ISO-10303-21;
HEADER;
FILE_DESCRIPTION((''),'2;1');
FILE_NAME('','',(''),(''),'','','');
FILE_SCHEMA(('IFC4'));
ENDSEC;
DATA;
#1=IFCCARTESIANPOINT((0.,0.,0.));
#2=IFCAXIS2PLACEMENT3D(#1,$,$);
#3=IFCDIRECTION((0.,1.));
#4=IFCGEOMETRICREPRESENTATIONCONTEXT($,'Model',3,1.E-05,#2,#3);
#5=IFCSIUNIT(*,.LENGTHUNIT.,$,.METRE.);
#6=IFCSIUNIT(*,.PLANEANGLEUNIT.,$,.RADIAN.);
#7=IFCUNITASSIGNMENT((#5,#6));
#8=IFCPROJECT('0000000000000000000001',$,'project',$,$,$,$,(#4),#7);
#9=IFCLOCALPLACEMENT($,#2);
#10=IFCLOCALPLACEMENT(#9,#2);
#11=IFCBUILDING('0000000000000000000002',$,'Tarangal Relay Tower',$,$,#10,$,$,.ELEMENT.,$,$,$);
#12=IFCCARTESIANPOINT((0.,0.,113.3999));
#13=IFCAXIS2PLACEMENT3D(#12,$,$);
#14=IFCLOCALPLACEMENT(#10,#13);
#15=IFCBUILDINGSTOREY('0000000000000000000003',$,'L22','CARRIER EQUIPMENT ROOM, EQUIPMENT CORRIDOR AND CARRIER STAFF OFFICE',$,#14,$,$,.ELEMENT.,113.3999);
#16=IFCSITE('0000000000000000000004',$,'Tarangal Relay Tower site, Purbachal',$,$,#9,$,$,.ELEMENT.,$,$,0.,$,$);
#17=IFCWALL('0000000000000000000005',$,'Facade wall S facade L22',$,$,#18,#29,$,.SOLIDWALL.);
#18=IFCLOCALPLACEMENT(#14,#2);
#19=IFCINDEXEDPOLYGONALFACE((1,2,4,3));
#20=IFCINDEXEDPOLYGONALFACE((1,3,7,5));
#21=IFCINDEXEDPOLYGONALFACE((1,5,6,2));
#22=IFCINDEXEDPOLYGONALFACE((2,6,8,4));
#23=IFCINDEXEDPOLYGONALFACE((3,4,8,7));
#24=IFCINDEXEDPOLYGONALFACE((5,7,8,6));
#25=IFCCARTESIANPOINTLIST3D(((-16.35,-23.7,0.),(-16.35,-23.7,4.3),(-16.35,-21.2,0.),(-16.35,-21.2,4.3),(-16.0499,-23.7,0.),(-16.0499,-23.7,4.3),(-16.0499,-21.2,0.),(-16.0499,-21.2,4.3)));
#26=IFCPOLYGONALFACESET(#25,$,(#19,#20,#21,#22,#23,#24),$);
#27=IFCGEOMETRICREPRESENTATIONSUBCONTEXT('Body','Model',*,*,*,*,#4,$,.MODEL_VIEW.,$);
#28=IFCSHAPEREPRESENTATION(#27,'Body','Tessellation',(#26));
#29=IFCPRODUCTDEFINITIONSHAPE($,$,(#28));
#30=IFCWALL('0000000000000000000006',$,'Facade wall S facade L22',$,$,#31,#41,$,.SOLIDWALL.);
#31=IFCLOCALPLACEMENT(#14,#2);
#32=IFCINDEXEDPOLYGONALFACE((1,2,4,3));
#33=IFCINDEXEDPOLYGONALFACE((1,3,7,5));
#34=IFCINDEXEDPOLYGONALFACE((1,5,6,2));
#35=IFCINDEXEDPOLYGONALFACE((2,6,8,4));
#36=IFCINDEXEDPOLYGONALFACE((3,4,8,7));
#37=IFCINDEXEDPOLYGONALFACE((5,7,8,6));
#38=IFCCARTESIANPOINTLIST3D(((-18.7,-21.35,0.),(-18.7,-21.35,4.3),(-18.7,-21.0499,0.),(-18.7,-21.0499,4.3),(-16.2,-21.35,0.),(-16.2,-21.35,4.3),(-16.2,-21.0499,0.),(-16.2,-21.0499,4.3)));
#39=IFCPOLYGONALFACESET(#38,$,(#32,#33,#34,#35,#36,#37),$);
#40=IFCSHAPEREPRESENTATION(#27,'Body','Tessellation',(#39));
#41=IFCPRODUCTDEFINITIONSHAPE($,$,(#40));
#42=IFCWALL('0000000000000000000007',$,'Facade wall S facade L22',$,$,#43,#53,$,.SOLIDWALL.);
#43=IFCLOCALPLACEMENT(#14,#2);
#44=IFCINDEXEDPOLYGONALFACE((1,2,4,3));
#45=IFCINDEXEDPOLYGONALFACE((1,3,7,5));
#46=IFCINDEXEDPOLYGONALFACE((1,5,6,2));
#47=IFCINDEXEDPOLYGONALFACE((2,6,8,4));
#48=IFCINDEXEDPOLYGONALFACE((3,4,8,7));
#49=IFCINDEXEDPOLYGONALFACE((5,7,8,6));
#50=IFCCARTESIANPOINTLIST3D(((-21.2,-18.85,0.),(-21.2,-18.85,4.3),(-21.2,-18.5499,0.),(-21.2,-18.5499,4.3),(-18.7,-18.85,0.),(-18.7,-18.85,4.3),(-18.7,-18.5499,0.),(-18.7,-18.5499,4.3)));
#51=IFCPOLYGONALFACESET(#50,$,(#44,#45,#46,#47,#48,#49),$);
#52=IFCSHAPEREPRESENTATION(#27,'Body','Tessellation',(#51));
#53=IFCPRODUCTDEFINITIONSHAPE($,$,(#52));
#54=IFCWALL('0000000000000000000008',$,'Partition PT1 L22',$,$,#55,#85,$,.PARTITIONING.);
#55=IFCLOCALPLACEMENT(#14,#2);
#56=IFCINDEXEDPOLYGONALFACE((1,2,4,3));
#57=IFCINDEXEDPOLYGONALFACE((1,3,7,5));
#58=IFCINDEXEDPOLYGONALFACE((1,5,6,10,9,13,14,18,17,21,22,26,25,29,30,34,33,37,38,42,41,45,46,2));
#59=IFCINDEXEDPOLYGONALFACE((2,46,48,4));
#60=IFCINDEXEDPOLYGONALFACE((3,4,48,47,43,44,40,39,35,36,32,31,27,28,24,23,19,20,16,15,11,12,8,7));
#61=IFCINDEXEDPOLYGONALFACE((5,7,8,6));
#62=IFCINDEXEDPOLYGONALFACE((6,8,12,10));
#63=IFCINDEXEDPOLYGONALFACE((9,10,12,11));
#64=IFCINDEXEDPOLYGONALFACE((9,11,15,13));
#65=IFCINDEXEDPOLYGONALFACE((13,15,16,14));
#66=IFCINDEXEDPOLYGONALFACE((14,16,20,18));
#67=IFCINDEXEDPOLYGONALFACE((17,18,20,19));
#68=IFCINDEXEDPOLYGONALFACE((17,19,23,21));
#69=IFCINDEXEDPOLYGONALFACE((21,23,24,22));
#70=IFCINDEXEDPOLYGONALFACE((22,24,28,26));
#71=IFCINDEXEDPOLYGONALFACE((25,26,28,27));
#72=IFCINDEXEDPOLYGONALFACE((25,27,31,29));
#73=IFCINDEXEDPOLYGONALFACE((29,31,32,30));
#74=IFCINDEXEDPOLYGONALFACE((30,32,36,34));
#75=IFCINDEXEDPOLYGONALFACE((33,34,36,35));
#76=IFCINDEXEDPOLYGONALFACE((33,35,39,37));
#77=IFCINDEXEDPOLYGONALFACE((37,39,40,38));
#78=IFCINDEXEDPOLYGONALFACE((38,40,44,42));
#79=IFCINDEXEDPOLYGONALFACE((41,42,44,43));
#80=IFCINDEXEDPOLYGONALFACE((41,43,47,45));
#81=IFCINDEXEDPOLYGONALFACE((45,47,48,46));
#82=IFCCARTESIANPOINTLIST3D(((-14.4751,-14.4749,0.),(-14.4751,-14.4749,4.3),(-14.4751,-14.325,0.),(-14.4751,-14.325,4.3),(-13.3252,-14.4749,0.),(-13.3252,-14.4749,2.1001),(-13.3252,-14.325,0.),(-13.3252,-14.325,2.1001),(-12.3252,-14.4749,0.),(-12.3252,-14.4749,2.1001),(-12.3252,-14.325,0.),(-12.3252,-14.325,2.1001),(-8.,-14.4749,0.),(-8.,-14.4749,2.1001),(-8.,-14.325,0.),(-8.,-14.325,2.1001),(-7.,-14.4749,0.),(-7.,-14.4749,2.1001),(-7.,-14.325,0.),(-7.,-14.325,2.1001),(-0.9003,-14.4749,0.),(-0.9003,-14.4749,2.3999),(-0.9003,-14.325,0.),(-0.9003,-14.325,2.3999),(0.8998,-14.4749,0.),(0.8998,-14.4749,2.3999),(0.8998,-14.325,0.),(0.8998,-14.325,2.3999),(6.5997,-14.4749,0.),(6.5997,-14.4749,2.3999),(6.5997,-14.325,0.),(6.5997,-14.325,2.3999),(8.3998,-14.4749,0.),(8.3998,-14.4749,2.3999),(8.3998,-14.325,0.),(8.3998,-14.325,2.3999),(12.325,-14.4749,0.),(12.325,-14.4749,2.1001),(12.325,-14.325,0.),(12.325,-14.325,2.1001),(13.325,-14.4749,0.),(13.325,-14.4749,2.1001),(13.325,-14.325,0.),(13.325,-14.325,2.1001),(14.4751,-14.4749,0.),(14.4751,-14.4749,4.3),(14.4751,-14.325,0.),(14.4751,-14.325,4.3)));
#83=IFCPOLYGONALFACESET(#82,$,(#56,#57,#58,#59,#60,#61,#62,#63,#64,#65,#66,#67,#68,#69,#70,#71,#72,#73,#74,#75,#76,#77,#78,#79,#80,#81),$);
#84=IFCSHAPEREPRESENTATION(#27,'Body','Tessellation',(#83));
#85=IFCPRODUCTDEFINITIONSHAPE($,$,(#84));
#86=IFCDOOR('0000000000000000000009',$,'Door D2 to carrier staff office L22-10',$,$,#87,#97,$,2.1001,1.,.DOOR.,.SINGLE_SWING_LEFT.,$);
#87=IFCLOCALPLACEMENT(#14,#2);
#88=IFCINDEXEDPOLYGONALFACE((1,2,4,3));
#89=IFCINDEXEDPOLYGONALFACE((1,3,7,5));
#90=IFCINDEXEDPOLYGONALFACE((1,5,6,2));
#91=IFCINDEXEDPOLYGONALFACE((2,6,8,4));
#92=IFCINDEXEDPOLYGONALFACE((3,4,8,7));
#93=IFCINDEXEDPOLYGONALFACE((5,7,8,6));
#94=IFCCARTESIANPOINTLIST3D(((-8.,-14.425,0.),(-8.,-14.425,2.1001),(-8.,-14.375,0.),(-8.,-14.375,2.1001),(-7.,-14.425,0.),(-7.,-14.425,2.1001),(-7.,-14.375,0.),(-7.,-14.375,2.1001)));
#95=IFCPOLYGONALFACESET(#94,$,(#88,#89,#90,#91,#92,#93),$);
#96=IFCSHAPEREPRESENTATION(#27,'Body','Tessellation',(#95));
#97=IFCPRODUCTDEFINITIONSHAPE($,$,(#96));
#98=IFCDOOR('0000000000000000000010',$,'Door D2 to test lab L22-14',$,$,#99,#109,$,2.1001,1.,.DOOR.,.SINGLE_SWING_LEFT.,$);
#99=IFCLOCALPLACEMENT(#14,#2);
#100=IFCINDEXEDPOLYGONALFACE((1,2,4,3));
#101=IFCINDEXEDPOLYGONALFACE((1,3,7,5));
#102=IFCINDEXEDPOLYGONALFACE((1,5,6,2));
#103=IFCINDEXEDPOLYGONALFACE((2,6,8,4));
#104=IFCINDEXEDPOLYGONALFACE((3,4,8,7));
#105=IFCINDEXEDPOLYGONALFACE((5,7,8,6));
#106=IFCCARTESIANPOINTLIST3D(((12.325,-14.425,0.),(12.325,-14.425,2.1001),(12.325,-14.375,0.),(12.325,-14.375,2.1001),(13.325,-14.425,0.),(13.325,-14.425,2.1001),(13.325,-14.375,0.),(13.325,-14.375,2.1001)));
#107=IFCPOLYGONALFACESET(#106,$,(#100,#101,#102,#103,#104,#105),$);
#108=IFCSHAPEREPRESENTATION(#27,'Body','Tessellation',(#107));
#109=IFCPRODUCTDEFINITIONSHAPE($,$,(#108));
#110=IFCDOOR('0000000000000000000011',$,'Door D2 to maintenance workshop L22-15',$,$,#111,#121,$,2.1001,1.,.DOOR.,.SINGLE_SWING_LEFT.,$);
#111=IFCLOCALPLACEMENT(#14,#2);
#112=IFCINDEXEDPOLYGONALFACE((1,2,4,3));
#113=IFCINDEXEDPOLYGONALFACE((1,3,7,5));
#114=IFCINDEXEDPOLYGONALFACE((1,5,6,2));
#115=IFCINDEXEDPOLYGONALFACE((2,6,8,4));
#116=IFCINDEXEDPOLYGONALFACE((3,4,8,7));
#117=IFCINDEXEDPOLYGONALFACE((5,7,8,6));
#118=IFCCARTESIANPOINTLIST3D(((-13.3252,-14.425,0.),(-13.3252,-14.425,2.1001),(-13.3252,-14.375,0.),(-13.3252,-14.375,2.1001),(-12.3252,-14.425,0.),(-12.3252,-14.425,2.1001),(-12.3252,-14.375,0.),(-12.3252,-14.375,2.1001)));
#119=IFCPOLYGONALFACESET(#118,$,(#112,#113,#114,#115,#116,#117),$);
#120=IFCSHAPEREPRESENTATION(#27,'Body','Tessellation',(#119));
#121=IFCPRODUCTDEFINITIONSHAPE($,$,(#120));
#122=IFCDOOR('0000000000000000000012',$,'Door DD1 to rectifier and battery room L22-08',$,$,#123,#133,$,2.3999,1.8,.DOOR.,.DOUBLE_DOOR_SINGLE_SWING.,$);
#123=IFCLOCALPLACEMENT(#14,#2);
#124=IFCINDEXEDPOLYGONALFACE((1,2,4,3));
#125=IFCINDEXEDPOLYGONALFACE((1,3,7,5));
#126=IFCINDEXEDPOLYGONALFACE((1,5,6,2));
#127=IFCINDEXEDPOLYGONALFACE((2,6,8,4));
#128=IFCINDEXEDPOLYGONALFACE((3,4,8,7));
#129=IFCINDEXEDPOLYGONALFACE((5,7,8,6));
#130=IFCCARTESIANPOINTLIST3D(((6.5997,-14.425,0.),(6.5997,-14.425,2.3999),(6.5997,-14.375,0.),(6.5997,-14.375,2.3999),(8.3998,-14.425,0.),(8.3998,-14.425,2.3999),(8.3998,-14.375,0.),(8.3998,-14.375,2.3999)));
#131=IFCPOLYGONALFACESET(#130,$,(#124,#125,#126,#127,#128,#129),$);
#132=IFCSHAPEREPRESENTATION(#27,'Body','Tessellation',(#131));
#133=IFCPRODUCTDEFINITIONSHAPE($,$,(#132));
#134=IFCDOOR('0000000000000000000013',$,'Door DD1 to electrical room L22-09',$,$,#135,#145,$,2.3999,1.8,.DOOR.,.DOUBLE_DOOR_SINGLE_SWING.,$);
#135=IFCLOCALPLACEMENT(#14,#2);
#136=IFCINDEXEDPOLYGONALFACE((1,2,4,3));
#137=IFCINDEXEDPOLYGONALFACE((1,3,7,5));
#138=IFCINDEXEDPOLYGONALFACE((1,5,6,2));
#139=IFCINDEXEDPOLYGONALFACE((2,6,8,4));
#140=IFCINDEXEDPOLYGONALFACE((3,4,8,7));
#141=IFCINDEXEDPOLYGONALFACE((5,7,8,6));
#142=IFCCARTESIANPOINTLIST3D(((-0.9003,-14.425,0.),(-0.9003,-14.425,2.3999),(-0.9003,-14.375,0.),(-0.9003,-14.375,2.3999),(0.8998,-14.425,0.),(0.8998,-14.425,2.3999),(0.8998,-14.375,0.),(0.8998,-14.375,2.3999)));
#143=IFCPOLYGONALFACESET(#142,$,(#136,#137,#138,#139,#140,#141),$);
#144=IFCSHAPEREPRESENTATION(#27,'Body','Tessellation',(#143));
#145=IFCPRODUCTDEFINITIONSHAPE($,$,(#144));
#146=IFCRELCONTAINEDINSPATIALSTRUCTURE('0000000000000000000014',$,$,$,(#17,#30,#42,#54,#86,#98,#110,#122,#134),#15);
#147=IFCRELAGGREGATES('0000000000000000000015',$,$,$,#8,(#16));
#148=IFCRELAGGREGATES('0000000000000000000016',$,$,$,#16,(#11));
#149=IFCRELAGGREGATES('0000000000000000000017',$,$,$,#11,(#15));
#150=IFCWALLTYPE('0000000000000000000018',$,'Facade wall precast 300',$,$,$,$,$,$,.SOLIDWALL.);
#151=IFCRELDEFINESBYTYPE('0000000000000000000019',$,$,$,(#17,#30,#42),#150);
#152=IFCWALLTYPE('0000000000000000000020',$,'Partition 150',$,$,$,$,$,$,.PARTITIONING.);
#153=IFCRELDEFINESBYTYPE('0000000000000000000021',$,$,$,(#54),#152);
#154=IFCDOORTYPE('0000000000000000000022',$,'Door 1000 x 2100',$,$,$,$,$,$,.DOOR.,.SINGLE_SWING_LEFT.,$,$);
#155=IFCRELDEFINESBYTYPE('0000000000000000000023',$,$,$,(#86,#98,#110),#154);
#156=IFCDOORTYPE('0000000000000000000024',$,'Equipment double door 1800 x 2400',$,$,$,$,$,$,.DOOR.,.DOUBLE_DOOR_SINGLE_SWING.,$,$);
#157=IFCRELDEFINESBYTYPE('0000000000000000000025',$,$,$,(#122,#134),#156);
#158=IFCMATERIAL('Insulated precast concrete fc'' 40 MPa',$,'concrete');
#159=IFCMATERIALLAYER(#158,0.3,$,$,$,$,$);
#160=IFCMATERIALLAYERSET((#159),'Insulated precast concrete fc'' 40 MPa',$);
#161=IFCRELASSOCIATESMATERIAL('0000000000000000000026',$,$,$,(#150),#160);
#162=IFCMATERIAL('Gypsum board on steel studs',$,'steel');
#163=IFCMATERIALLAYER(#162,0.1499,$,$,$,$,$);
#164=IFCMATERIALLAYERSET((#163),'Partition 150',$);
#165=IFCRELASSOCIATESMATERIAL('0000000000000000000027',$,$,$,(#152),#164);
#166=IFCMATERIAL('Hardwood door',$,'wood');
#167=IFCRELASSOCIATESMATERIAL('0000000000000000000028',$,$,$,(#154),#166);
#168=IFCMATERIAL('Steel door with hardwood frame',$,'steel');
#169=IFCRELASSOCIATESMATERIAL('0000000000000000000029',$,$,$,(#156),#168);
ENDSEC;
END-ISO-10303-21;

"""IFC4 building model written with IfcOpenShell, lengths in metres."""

from ifc_helpers import new_model, si_unit, direction, frame, frame_2d, origin, place, context, subcontext, project, spatial, rectangle, extrude, material, layer, layer_set, type_object, element, fill, save


model = new_model("IFC4")

# Units and contexts
model_context = context("Model", 3, precision=1e-05, world=origin(), true_north=direction((0.0, 1.0)))
body_context = subcontext(model_context, "Body", "Model", "MODEL_VIEW")
ifc_project = project(units=[si_unit("LENGTHUNIT", "METRE"), si_unit("PLANEANGLEUNIT", "RADIAN")], contexts=[model_context])

# Site, building, storey
site_placement = place(None, origin())
site = spatial("IfcSite", under=ifc_project, at=site_placement, Name="Tarangal Relay Tower site, Purbachal", CompositionType="ELEMENT", RefElevation=0.0)
building_placement = place(site_placement, origin())
building = spatial("IfcBuilding", under=site, at=building_placement, Name="Tarangal Relay Tower", CompositionType="ELEMENT")
storey_placement = place(building_placement, frame((0.0, 0.0, 113.3999)))
storey = spatial("IfcBuildingStorey", under=building, at=storey_placement, Name="L22", Description="CARRIER EQUIPMENT ROOM, EQUIPMENT CORRIDOR AND CARRIER STAFF OFFICE", CompositionType="ELEMENT", Elevation=113.3999)

# Walls
ifc_material_1 = material(Name="Insulated precast concrete fc' 40 MPa", Category="concrete")
ifc_layer_1 = layer(ifc_material_1, 0.3)
ifc_layer_set_1 = layer_set([ifc_layer_1], Name="Insulated precast concrete fc' 40 MPa")
wall_type_1 = type_object("IfcWallType", Name="Facade wall precast 300", PredefinedType="SOLIDWALL", material=ifc_layer_set_1)
for number, where, z_axis, x_axis, name in (
    (1, (-16.2, -23.7, 0.0), (0.0, 0.0, 1.0), (0.0, 1.0, 0.0), "Facade wall S facade L22"),
    (2, (-16.2, -21.2, 0.0), (0.0, 0.0, 1.0), (-1.0, 0.0, 0.0), "Facade wall S facade L22"),
):
    element("IfcWall", number, at=place(storey_placement, frame(where, z_axis=z_axis, x_axis=x_axis)), inside=storey, type_object=wall_type_1, Name=name, PredefinedType="SOLIDWALL", context=body_context, shape_type="SweptSolid", body=[
        extrude(rectangle(XDim=2.5, YDim=0.3, at=frame_2d((1.25, 0.0))), origin(), (0.0, 0.0, 1.0), 4.3),
    ])

# Wall
wall_1_placement = place(storey_placement, frame((-18.7, -18.7, 0.0), z_axis=(0.0, 0.0, 1.0), x_axis=(-1.0, 0.0, 0.0)))
element("IfcWall", 3, at=wall_1_placement, inside=storey, type_object=wall_type_1, Name="Facade wall S facade L22", PredefinedType="SOLIDWALL", context=body_context, shape_type="SweptSolid", body=[
    extrude(rectangle(XDim=2.5, YDim=0.3, at=frame_2d((1.25, 0.0))), origin(), (0.0, 0.0, 1.0), 4.3),
])

# Wall, openings, doors
ifc_material_2 = material(Name="Gypsum board on steel studs", Category="steel")
ifc_layer_2 = layer(ifc_material_2, 0.1499)
ifc_layer_set_2 = layer_set([ifc_layer_2], Name="Partition 150")
wall_type_2 = type_object("IfcWallType", Name="Partition 150", PredefinedType="PARTITIONING", material=ifc_layer_set_2)
wall_2_placement = place(storey_placement, frame((-14.4751, -14.3999, 0.0), z_axis=(0.0, 0.0, 1.0), x_axis=(1.0, 0.0, 0.0)))
wall_2 = element("IfcWall", 4, at=wall_2_placement, inside=storey, type_object=wall_type_2, Name="Partition PT1 L22", PredefinedType="PARTITIONING", context=body_context, shape_type="SweptSolid", body=[
    extrude(rectangle(XDim=28.9502, YDim=0.1499, at=frame_2d((14.4751, 0.0))), origin(), (0.0, 0.0, 1.0), 4.3),
])
opening_1_placement = place(wall_2_placement, frame((21.075, 0.0, 0.0)))
opening_1 = element("IfcOpeningElement", 5, at=opening_1_placement, cuts=wall_2, PredefinedType="OPENING", context=body_context, shape_type="SweptSolid", body=[
    extrude(rectangle(XDim=1.8, YDim=2.3999, at=frame_2d((0.8999, 1.2))), frame((0.0, 0.085, 0.0), z_axis=(0.0, -1.0, 0.0), x_axis=(1.0, 0.0, 0.0)), (0.0, 0.0, 1.0), 0.1699),
])
opening_2_placement = place(wall_2_placement, frame((13.575, 0.0, 0.0)))
opening_2 = element("IfcOpeningElement", 6, at=opening_2_placement, cuts=wall_2, PredefinedType="OPENING", context=body_context, shape_type="SweptSolid", body=[
    extrude(rectangle(XDim=1.8, YDim=2.3999, at=frame_2d((0.8999, 1.2))), frame((0.0, 0.085, 0.0), z_axis=(0.0, -1.0, 0.0), x_axis=(1.0, 0.0, 0.0)), (0.0, 0.0, 1.0), 0.1699),
])
opening_3_placement = place(wall_2_placement, frame((6.4751, 0.0, 0.0)))
opening_3 = element("IfcOpeningElement", 7, at=opening_3_placement, cuts=wall_2, PredefinedType="OPENING", context=body_context, shape_type="SweptSolid", body=[
    extrude(rectangle(XDim=1.0, YDim=2.1001, at=frame_2d((0.5, 1.05))), frame((0.0, 0.085, 0.0), z_axis=(0.0, -1.0, 0.0), x_axis=(1.0, 0.0, 0.0)), (0.0, 0.0, 1.0), 0.1699),
])
opening_4_placement = place(wall_2_placement, frame((26.8, 0.0, 0.0)))
opening_4 = element("IfcOpeningElement", 8, at=opening_4_placement, cuts=wall_2, PredefinedType="OPENING", context=body_context, shape_type="SweptSolid", body=[
    extrude(rectangle(XDim=1.0, YDim=2.1001, at=frame_2d((0.5, 1.05))), frame((0.0, 0.085, 0.0), z_axis=(0.0, -1.0, 0.0), x_axis=(1.0, 0.0, 0.0)), (0.0, 0.0, 1.0), 0.1699),
])
opening_5_placement = place(wall_2_placement, frame((1.1499, 0.0, 0.0)))
opening_5 = element("IfcOpeningElement", 9, at=opening_5_placement, cuts=wall_2, PredefinedType="OPENING", context=body_context, shape_type="SweptSolid", body=[
    extrude(rectangle(XDim=1.0, YDim=2.1001, at=frame_2d((0.5, 1.05))), frame((0.0, 0.085, 0.0), z_axis=(0.0, -1.0, 0.0), x_axis=(1.0, 0.0, 0.0)), (0.0, 0.0, 1.0), 0.1699),
])
ifc_material_3 = material(Name="Hardwood door", Category="wood")
door_type_1 = type_object("IfcDoorType", Name="Door 1000 x 2100", OperationType="SINGLE_SWING_LEFT", PredefinedType="DOOR", material=ifc_material_3)
door_1_placement = place(opening_3_placement, origin())
door_1 = element("IfcDoor", 10, at=door_1_placement, inside=storey, type_object=door_type_1, Name="Door D2 to carrier staff office L22-10", OperationType="SINGLE_SWING_LEFT", OverallHeight=2.1001, OverallWidth=1.0, PredefinedType="DOOR", context=body_context, shape_type="SweptSolid", body=[
    extrude(rectangle(XDim=1.0, YDim=2.1001, at=frame_2d((0.5, 1.05))), frame((0.0, 0.0249, 0.0), z_axis=(0.0, -1.0, 0.0), x_axis=(1.0, 0.0, 0.0)), (0.0, 0.0, 1.0), 0.05),
])
fill(opening_3, door_1)
door_2_placement = place(opening_4_placement, origin())
door_2 = element("IfcDoor", 11, at=door_2_placement, inside=storey, type_object=door_type_1, Name="Door D2 to test lab L22-14", OperationType="SINGLE_SWING_LEFT", OverallHeight=2.1001, OverallWidth=1.0, PredefinedType="DOOR", context=body_context, shape_type="SweptSolid", body=[
    extrude(rectangle(XDim=1.0, YDim=2.1001, at=frame_2d((0.5, 1.05))), frame((0.0, 0.0249, 0.0), z_axis=(0.0, -1.0, 0.0), x_axis=(1.0, 0.0, 0.0)), (0.0, 0.0, 1.0), 0.05),
])
fill(opening_4, door_2)
door_3_placement = place(opening_5_placement, origin())
door_3 = element("IfcDoor", 12, at=door_3_placement, inside=storey, type_object=door_type_1, Name="Door D2 to maintenance workshop L22-15", OperationType="SINGLE_SWING_LEFT", OverallHeight=2.1001, OverallWidth=1.0, PredefinedType="DOOR", context=body_context, shape_type="SweptSolid", body=[
    extrude(rectangle(XDim=1.0, YDim=2.1001, at=frame_2d((0.5, 1.05))), frame((0.0, 0.0249, 0.0), z_axis=(0.0, -1.0, 0.0), x_axis=(1.0, 0.0, 0.0)), (0.0, 0.0, 1.0), 0.05),
])
fill(opening_5, door_3)
ifc_material_4 = material(Name="Steel door with hardwood frame", Category="steel")
door_type_2 = type_object("IfcDoorType", Name="Equipment double door 1800 x 2400", OperationType="DOUBLE_DOOR_SINGLE_SWING", PredefinedType="DOOR", material=ifc_material_4)
door_4_placement = place(opening_1_placement, origin())
door_4 = element("IfcDoor", 13, at=door_4_placement, inside=storey, type_object=door_type_2, Name="Door DD1 to rectifier and battery room L22-08", OperationType="DOUBLE_DOOR_SINGLE_SWING", OverallHeight=2.3999, OverallWidth=1.8, PredefinedType="DOOR", context=body_context, shape_type="SweptSolid", body=[
    extrude(rectangle(XDim=1.8, YDim=2.3999, at=frame_2d((0.8999, 1.2))), frame((0.0, 0.0249, 0.0), z_axis=(0.0, -1.0, 0.0), x_axis=(1.0, 0.0, 0.0)), (0.0, 0.0, 1.0), 0.05),
])
fill(opening_1, door_4)
door_5_placement = place(opening_2_placement, origin())
door_5 = element("IfcDoor", 14, at=door_5_placement, inside=storey, type_object=door_type_2, Name="Door DD1 to electrical room L22-09", OperationType="DOUBLE_DOOR_SINGLE_SWING", OverallHeight=2.3999, OverallWidth=1.8, PredefinedType="DOOR", context=body_context, shape_type="SweptSolid", body=[
    extrude(rectangle(XDim=1.8, YDim=2.3999, at=frame_2d((0.8999, 1.2))), frame((0.0, 0.0249, 0.0), z_axis=(0.0, -1.0, 0.0), x_axis=(1.0, 0.0, 0.0)), (0.0, 0.0, 1.0), 0.05),
])
fill(opening_2, door_5)

save(model, "model.ifc")
